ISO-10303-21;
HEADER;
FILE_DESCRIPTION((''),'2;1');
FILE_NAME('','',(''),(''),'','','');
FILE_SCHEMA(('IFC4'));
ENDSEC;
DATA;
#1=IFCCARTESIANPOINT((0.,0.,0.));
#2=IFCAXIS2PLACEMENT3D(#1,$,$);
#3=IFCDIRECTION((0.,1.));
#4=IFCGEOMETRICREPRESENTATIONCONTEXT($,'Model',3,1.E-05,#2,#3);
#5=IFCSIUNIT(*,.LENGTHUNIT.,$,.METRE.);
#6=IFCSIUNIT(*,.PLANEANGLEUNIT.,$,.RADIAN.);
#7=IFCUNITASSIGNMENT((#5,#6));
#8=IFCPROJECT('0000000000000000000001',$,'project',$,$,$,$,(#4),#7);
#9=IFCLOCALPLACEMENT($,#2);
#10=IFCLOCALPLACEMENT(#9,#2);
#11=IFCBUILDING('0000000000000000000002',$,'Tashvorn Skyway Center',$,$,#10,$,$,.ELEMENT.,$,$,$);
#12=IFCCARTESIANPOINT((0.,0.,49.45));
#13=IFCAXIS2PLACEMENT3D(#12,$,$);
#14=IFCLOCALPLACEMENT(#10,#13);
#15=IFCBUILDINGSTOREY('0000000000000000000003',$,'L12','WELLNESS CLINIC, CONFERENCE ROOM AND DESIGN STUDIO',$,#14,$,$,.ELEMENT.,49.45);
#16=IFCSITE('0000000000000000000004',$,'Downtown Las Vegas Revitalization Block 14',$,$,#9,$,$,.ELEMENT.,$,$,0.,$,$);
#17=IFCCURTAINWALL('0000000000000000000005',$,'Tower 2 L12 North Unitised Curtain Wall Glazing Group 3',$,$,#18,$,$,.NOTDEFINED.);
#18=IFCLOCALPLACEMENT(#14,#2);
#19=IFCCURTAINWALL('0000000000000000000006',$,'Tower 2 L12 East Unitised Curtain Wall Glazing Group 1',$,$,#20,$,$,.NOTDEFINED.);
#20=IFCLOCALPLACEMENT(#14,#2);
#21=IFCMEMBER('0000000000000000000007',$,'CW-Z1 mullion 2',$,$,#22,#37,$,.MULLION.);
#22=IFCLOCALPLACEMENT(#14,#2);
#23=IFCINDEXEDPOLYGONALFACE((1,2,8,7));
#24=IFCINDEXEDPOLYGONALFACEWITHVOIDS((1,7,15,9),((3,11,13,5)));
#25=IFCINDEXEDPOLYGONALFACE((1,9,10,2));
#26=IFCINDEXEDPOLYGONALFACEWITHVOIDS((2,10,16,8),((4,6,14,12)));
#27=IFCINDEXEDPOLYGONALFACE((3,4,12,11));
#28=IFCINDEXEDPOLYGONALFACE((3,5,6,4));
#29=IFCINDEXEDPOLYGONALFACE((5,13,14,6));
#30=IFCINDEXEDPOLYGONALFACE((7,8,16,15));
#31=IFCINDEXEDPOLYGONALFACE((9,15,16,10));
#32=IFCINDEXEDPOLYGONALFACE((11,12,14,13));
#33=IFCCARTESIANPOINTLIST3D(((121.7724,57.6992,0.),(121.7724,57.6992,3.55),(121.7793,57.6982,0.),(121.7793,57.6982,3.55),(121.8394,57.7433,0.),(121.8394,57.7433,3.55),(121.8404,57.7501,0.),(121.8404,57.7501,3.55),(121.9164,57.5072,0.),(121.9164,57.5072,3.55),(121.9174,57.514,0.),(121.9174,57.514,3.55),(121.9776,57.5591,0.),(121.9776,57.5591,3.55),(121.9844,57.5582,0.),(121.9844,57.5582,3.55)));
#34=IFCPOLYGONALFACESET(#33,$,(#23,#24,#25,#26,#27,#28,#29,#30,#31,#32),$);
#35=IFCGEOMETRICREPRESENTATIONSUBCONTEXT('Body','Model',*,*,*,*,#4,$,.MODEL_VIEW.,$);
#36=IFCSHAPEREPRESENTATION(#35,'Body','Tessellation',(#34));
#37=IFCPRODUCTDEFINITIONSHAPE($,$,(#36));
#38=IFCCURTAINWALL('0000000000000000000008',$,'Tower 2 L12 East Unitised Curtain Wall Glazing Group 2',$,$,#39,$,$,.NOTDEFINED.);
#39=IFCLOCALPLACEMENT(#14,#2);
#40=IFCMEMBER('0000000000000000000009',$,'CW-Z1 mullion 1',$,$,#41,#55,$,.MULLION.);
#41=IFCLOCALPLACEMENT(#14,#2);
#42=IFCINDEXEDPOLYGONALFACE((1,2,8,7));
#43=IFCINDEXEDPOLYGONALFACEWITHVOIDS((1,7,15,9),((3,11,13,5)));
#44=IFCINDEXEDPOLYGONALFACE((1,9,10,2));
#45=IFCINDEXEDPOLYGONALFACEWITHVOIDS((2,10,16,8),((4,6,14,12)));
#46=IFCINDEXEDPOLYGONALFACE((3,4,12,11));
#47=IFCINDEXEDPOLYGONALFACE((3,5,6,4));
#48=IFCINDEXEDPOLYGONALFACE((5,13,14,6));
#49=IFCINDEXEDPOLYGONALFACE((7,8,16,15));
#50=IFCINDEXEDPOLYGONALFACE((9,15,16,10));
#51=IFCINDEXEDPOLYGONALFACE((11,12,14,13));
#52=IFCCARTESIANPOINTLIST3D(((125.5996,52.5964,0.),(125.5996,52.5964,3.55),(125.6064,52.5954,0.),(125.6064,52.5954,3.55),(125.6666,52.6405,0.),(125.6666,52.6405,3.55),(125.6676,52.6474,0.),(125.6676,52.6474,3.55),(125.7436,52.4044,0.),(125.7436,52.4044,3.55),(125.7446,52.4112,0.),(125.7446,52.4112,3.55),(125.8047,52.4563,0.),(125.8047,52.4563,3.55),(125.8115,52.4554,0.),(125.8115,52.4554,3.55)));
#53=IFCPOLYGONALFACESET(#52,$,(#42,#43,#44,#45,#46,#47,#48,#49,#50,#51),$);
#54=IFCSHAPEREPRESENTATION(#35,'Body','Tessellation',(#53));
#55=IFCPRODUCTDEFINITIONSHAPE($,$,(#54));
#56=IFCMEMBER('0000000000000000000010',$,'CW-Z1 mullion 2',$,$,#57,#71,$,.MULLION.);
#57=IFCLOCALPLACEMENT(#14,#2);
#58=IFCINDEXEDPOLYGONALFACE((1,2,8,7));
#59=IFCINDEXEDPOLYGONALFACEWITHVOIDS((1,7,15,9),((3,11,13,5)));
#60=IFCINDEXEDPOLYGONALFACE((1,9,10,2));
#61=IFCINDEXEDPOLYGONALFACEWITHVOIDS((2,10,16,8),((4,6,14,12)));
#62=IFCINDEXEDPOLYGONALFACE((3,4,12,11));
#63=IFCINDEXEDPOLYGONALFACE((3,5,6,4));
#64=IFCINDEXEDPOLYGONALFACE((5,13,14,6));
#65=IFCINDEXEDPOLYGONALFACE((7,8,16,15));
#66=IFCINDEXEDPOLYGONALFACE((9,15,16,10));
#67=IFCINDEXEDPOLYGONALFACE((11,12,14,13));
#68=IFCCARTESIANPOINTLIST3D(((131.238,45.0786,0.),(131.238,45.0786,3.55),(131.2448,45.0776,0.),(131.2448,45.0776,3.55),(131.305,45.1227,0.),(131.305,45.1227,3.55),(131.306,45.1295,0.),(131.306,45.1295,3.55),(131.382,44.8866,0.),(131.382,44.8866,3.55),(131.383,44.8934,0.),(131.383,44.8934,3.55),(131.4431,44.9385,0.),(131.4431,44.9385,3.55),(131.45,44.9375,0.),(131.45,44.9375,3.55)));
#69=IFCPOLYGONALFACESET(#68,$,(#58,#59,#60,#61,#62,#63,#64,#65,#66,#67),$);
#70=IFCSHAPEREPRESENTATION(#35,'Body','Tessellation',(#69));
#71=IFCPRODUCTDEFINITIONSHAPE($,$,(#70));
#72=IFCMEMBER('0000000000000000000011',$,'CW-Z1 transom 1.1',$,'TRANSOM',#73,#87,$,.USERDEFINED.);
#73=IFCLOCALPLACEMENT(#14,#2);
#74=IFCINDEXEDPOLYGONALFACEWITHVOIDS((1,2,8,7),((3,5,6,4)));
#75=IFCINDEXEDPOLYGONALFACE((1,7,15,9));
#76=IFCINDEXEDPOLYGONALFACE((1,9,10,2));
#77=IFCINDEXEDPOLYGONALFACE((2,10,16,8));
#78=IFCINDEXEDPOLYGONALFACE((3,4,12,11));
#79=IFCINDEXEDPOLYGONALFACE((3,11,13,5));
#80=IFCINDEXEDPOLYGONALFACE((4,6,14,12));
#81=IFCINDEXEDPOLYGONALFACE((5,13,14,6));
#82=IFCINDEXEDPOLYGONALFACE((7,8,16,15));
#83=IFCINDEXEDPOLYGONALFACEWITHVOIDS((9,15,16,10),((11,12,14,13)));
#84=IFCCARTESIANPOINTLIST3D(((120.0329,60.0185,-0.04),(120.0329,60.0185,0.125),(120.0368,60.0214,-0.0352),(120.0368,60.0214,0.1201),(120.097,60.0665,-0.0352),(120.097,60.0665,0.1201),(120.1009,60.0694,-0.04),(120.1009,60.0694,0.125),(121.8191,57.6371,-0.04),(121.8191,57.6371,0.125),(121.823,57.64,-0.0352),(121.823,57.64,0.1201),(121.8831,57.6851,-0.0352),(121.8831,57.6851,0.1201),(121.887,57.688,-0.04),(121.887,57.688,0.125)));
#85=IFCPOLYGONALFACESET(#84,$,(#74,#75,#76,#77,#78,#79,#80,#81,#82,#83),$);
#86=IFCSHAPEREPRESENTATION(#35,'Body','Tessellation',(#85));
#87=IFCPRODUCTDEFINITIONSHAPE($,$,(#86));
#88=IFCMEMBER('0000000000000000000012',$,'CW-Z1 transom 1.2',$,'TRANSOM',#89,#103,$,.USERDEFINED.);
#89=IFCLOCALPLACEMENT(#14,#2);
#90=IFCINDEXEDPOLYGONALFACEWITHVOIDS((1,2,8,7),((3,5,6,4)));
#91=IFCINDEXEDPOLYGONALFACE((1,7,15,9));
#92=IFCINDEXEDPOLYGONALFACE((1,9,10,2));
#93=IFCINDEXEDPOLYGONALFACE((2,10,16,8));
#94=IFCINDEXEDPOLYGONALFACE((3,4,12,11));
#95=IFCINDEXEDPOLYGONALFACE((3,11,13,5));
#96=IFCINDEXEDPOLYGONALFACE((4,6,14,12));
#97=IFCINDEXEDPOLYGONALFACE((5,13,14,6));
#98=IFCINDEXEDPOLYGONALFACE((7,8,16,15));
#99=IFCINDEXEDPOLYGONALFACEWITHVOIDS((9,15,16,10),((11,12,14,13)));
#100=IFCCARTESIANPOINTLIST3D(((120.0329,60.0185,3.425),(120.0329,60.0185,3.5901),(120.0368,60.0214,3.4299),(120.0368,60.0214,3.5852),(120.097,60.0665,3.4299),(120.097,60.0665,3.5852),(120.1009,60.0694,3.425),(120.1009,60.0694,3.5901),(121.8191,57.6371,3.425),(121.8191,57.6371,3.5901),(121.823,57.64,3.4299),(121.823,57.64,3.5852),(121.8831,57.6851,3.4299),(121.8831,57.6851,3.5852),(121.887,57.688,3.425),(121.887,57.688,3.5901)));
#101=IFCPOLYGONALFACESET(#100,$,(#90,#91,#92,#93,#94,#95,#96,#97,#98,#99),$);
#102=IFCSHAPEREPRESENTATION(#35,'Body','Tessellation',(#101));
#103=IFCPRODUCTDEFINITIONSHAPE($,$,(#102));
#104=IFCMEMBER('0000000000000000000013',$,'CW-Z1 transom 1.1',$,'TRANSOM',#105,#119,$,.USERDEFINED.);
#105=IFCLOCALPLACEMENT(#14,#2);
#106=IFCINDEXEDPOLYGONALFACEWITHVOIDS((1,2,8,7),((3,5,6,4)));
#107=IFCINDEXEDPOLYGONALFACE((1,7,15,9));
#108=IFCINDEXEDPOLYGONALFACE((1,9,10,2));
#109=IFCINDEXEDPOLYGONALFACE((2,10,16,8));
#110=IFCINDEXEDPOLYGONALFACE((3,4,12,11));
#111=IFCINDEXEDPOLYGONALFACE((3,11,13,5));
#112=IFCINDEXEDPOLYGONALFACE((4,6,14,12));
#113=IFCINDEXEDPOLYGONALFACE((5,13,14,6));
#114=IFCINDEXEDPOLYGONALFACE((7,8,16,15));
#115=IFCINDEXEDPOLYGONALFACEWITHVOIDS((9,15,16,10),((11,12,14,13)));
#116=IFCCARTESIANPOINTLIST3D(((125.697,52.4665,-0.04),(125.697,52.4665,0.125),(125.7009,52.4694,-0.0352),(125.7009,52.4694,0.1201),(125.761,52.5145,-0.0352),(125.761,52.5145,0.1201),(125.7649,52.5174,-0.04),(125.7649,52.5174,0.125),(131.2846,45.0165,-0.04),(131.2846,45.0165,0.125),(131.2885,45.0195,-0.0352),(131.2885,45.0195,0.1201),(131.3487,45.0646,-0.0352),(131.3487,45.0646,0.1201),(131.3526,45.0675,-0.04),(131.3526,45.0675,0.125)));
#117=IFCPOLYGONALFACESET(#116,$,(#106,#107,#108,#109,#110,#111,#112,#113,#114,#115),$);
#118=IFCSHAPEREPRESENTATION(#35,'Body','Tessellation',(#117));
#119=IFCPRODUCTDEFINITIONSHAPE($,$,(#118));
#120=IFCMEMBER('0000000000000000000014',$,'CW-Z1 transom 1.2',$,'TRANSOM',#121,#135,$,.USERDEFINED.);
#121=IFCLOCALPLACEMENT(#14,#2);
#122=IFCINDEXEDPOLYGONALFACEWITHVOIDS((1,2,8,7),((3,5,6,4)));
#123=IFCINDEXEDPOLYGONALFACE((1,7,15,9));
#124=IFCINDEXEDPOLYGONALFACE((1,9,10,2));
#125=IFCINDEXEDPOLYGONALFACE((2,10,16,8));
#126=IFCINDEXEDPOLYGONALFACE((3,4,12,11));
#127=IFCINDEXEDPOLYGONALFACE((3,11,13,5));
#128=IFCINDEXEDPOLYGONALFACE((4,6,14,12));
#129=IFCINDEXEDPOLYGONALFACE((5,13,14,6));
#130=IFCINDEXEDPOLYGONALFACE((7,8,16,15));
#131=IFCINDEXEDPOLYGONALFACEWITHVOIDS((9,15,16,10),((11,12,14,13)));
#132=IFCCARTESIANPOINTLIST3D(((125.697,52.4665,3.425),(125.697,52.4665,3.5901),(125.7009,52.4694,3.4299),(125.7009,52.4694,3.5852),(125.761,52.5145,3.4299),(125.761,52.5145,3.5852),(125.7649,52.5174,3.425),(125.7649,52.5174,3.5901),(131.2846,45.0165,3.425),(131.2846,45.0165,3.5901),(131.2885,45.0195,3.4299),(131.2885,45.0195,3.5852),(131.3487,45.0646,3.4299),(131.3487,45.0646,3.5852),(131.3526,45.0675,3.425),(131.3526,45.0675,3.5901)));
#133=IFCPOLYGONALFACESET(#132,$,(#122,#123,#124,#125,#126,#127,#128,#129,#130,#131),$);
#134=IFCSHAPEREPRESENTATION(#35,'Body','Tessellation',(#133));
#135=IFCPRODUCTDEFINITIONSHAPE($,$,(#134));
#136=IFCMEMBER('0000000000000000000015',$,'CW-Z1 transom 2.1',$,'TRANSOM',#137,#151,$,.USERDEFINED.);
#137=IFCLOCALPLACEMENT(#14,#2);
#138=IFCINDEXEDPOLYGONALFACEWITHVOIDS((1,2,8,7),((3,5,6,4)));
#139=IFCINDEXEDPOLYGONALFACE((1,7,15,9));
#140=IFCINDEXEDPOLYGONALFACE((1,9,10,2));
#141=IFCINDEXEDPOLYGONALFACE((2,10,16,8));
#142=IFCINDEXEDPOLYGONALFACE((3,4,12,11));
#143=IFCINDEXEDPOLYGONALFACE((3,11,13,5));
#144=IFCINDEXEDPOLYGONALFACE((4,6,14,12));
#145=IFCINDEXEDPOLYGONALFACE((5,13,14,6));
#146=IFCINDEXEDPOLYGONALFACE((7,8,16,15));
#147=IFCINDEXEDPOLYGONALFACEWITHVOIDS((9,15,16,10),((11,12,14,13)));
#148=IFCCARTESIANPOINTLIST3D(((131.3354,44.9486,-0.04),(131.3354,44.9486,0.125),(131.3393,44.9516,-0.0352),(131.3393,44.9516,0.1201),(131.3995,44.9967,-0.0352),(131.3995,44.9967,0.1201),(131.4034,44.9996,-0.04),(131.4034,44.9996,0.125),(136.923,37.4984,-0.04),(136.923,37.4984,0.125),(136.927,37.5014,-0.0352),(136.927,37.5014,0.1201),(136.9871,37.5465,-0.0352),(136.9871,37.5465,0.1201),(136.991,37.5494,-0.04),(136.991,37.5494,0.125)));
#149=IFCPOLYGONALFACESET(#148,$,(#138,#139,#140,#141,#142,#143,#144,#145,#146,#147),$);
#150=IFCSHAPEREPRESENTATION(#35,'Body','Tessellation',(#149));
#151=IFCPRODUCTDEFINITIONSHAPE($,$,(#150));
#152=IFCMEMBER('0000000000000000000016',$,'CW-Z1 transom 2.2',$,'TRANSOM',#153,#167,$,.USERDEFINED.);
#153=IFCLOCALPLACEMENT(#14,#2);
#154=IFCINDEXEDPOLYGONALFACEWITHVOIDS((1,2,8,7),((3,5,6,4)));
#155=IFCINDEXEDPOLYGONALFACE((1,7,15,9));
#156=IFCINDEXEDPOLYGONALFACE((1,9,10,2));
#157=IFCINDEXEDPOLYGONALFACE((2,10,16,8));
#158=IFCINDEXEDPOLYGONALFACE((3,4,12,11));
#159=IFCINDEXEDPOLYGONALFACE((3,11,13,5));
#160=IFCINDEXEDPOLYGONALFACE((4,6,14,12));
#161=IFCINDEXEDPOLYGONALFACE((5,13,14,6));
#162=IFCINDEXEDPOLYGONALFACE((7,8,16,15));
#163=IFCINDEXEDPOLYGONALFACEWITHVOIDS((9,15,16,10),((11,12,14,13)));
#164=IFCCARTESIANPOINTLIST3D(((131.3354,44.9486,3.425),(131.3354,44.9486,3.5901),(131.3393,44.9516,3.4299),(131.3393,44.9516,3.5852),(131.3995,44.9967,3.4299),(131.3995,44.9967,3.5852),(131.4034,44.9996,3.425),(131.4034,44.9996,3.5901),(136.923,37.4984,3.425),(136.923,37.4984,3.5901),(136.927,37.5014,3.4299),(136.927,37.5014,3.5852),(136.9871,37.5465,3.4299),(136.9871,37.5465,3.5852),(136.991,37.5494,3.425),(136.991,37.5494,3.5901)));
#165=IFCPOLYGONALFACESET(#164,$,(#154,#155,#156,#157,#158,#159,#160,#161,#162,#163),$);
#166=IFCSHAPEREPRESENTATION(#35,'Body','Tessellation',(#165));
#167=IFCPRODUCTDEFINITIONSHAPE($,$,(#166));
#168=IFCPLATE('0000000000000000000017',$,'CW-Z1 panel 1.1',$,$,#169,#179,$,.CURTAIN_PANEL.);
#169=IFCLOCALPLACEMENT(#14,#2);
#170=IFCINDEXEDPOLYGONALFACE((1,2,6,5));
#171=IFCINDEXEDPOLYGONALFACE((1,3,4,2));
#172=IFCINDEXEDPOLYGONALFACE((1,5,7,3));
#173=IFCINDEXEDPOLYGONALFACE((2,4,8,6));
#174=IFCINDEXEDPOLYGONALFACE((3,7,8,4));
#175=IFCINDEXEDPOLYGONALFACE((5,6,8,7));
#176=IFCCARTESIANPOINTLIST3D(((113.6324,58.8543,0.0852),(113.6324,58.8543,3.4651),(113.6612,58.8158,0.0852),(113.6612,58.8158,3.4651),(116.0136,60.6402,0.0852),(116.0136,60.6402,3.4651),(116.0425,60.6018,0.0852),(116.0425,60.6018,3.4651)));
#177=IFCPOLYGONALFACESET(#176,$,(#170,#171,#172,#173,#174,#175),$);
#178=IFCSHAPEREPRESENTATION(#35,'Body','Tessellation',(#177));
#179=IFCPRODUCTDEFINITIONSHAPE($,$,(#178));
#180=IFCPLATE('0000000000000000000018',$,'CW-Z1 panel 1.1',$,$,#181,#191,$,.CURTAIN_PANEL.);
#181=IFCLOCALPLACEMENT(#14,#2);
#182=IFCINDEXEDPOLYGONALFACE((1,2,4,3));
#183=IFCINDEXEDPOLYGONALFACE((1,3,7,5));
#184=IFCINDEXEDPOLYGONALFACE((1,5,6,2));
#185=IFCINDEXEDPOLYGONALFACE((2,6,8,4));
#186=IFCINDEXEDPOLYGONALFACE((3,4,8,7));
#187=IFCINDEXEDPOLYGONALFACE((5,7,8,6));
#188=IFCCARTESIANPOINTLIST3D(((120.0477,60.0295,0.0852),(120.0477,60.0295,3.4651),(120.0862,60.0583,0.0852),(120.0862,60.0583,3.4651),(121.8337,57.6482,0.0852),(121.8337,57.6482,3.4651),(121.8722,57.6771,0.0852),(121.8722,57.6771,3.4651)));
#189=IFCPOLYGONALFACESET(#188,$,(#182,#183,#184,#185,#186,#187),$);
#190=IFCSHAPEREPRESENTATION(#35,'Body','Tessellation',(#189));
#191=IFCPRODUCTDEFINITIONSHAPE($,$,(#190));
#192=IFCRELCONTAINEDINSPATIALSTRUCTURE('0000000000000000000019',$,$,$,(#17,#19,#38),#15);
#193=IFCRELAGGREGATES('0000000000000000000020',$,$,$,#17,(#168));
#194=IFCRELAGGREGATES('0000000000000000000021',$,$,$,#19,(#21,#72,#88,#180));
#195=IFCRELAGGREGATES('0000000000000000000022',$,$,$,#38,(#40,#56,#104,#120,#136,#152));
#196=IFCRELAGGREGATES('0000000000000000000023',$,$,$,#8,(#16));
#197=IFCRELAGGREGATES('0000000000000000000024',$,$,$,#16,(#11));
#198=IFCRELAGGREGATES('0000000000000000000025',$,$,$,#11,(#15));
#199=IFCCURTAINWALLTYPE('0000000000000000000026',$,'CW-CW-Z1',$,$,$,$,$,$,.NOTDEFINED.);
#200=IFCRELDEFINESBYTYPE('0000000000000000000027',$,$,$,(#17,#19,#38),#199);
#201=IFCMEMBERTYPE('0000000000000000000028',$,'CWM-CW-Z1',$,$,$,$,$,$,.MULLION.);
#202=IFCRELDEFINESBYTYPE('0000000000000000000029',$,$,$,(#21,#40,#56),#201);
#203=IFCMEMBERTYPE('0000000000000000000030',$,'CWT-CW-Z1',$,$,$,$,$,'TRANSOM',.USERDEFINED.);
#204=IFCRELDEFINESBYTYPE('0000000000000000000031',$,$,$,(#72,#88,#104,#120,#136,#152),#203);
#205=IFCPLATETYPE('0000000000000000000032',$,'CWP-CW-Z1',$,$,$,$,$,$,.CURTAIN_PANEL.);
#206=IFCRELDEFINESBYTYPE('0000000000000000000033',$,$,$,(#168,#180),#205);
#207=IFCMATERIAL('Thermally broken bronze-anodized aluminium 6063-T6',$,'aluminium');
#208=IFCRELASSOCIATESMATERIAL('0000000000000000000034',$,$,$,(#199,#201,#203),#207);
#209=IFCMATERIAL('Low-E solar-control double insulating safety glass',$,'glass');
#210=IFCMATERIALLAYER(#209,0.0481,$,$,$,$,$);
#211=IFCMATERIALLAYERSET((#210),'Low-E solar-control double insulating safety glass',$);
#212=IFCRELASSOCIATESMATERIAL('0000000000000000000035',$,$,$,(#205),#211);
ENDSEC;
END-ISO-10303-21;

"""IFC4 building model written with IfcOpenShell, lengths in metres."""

from ifc_helpers import new_model, si_unit, direction, frame, origin, origin_2d, place, context, subcontext, project, spatial, rectangle, hollow_rectangle, extrude, material, layer, layer_set, material_profile, profile_set, type_object, element, aggregate, save


model = new_model("IFC4")

# Units and contexts
model_context = context("Model", 3, precision=1e-05, world=origin(), true_north=direction((0.0, 1.0)))
body_context = subcontext(model_context, "Body", "Model", "MODEL_VIEW")
ifc_project = project(units=[si_unit("LENGTHUNIT", "METRE"), si_unit("PLANEANGLEUNIT", "RADIAN")], contexts=[model_context])

# Site, building, storey
site_placement = place(None, origin())
site = spatial("IfcSite", under=ifc_project, at=site_placement, Name="Downtown Las Vegas Revitalization Block 14", CompositionType="ELEMENT", RefElevation=0.0)
building_placement = place(site_placement, origin())
building = spatial("IfcBuilding", under=site, at=building_placement, Name="Tashvorn Skyway Center", CompositionType="ELEMENT")
storey_placement = place(building_placement, frame((0.0, 0.0, 49.45)))
storey = spatial("IfcBuildingStorey", under=building, at=storey_placement, Name="L12", Description="WELLNESS CLINIC, CONFERENCE ROOM AND DESIGN STUDIO", CompositionType="ELEMENT", Elevation=49.45)

# Curtain wall
ifc_material_1 = material(Name="Thermally broken bronze-anodized aluminium 6063-T6", Category="aluminium")
curtain_wall_type = type_object("IfcCurtainWallType", Name="CW-CW-Z1", PredefinedType="NOTDEFINED", material=ifc_material_1)
curtain_wall_1_placement = place(storey_placement, origin())
curtain_wall_1 = element("IfcCurtainWall", 1, at=curtain_wall_1_placement, inside=storey, type_object=curtain_wall_type, Name="Tower 2 L12 North Unitised Curtain Wall Glazing Group 3", PredefinedType="NOTDEFINED")
ifc_material_profile_1 = material_profile(ifc_material_1, hollow_rectangle(XDim=0.085, YDim=0.24, WallThickness=0.0049, at=origin_2d()), Name="ALU-MULL-85x240")
ifc_profile_set_1 = profile_set([ifc_material_profile_1], Name="Thermally broken bronze-anodized aluminium 6063-T6")
member_type_1 = type_object("IfcMemberType", Name="CWM-CW-Z1", PredefinedType="MULLION", material=ifc_profile_set_1)

# Curtain walls, members
curtain_wall_2_placement = place(storey_placement, origin())
curtain_wall_2 = element("IfcCurtainWall", 2, at=curtain_wall_2_placement, inside=storey, type_object=curtain_wall_type, Name="Tower 2 L12 East Unitised Curtain Wall Glazing Group 1", PredefinedType="NOTDEFINED")
member_1_placement = place(storey_placement, frame((121.8784, 57.6287, 0.0), z_axis=(0.0, 0.0, 1.0), x_axis=(0.799996, 0.600005, 0.0)))
member_1 = element("IfcMember", 3, at=member_1_placement, type_object=member_type_1, Name="CW-Z1 mullion 2", PredefinedType="MULLION", context=body_context, shape_type="SweptSolid", body=[
    extrude(hollow_rectangle(XDim=0.085, YDim=0.24, WallThickness=0.0049, at=origin_2d()), origin(), (0.0, 0.0, 1.0), 3.55),
])
curtain_wall_3_placement = place(storey_placement, origin())
curtain_wall_3 = element("IfcCurtainWall", 4, at=curtain_wall_3_placement, inside=storey, type_object=curtain_wall_type, Name="Tower 2 L12 East Unitised Curtain Wall Glazing Group 2", PredefinedType="NOTDEFINED")
member_2_placement = place(storey_placement, frame((125.7056, 52.5259, 0.0), z_axis=(0.0, 0.0, 1.0), x_axis=(0.8, 0.6, 0.0)))
member_2 = element("IfcMember", 5, at=member_2_placement, type_object=member_type_1, Name="CW-Z1 mullion 1", PredefinedType="MULLION", context=body_context, shape_type="SweptSolid", body=[
    extrude(hollow_rectangle(XDim=0.085, YDim=0.24, WallThickness=0.0049, at=origin_2d()), origin(), (0.0, 0.0, 1.0), 3.55),
])
member_3_placement = place(storey_placement, frame((131.344, 45.0081, 0.0), z_axis=(0.0, 0.0, 1.0), x_axis=(0.8, 0.6, 0.0)))
member_3 = element("IfcMember", 6, at=member_3_placement, type_object=member_type_1, Name="CW-Z1 mullion 2", PredefinedType="MULLION", context=body_context, shape_type="SweptSolid", body=[
    extrude(hollow_rectangle(XDim=0.085, YDim=0.24, WallThickness=0.0049, at=origin_2d()), origin(), (0.0, 0.0, 1.0), 3.55),
])

# Members
ifc_material_profile_2 = material_profile(ifc_material_1, hollow_rectangle(XDim=0.085, YDim=0.165, WallThickness=0.0049, at=origin_2d()), Name="ALU-TRAN-85x165")
ifc_profile_set_2 = profile_set([ifc_material_profile_2], Name="Thermally broken bronze-anodized aluminium 6063-T6")
member_type_2 = type_object("IfcMemberType", Name="CWT-CW-Z1", ElementType="TRANSOM", PredefinedType="USERDEFINED", material=ifc_profile_set_2)
member_4_placement = place(storey_placement, frame((120.0669, 60.0439, 0.0425), z_axis=(0.600026, -0.79998, 0.0), x_axis=(0.79998, 0.600026, 0.0)))
member_4 = element("IfcMember", 7, at=member_4_placement, type_object=member_type_2, Name="CW-Z1 transom 1.1", ObjectType="TRANSOM", PredefinedType="USERDEFINED", context=body_context, shape_type="SweptSolid", body=[
    extrude(hollow_rectangle(XDim=0.085, YDim=0.165, WallThickness=0.0049, at=origin_2d()), origin(), (0.0, 0.0, 1.0), 2.9768),
])
member_5_placement = place(storey_placement, frame((120.0669, 60.0439, 3.5076), z_axis=(0.600026, -0.79998, 0.0), x_axis=(0.79998, 0.600026, 0.0)))
member_5 = element("IfcMember", 8, at=member_5_placement, type_object=member_type_2, Name="CW-Z1 transom 1.2", ObjectType="TRANSOM", PredefinedType="USERDEFINED", context=body_context, shape_type="SweptSolid", body=[
    extrude(hollow_rectangle(XDim=0.085, YDim=0.165, WallThickness=0.0049, at=origin_2d()), origin(), (0.0, 0.0, 1.0), 2.9768),
])
member_6_placement = place(storey_placement, frame((125.731, 52.4919, 0.0425), z_axis=(0.600013, -0.799991, 0.0), x_axis=(0.799991, 0.600013, 0.0)))
member_6 = element("IfcMember", 9, at=member_6_placement, type_object=member_type_2, Name="CW-Z1 transom 1.1", ObjectType="TRANSOM", PredefinedType="USERDEFINED", context=body_context, shape_type="SweptSolid", body=[
    extrude(hollow_rectangle(XDim=0.085, YDim=0.165, WallThickness=0.0049, at=origin_2d()), origin(), (0.0, 0.0, 1.0), 9.3125),
])
member_7_placement = place(storey_placement, frame((125.731, 52.4919, 3.5076), z_axis=(0.600013, -0.799991, 0.0), x_axis=(0.799991, 0.600013, 0.0)))
member_7 = element("IfcMember", 10, at=member_7_placement, type_object=member_type_2, Name="CW-Z1 transom 1.2", ObjectType="TRANSOM", PredefinedType="USERDEFINED", context=body_context, shape_type="SweptSolid", body=[
    extrude(hollow_rectangle(XDim=0.085, YDim=0.165, WallThickness=0.0049, at=origin_2d()), origin(), (0.0, 0.0, 1.0), 9.3125),
])
member_8_placement = place(storey_placement, frame((131.3694, 44.9741, 0.0425), z_axis=(0.6, -0.8, 0.0), x_axis=(0.8, 0.6, 0.0)))
member_8 = element("IfcMember", 11, at=member_8_placement, type_object=member_type_2, Name="CW-Z1 transom 2.1", ObjectType="TRANSOM", PredefinedType="USERDEFINED", context=body_context, shape_type="SweptSolid", body=[
    extrude(hollow_rectangle(XDim=0.085, YDim=0.165, WallThickness=0.0049, at=origin_2d()), origin(), (0.0, 0.0, 1.0), 9.3127),
])
member_9_placement = place(storey_placement, frame((131.3694, 44.9741, 3.5076), z_axis=(0.6, -0.8, 0.0), x_axis=(0.8, 0.6, 0.0)))
member_9 = element("IfcMember", 12, at=member_9_placement, type_object=member_type_2, Name="CW-Z1 transom 2.2", ObjectType="TRANSOM", PredefinedType="USERDEFINED", context=body_context, shape_type="SweptSolid", body=[
    extrude(hollow_rectangle(XDim=0.085, YDim=0.165, WallThickness=0.0049, at=origin_2d()), origin(), (0.0, 0.0, 1.0), 9.3127),
])

# Plates
ifc_material_2 = material(Name="Low-E solar-control double insulating safety glass", Category="glass")
ifc_layer_1 = layer(ifc_material_2, 0.0481)
ifc_layer_set_1 = layer_set([ifc_layer_1], Name="Low-E solar-control double insulating safety glass")
plate_type = type_object("IfcPlateType", Name="CWP-CW-Z1", PredefinedType="CURTAIN_PANEL", material=ifc_layer_set_1)
plate_1_placement = place(storey_placement, frame((114.8374, 59.728, 0.0852), z_axis=(0.0, 0.0, 1.0), x_axis=(0.799996, 0.600005, 0.0)))
plate_1 = element("IfcPlate", 13, at=plate_1_placement, type_object=plate_type, Name="CW-Z1 panel 1.1", PredefinedType="CURTAIN_PANEL", context=body_context, shape_type="SweptSolid", body=[
    extrude(rectangle(XDim=2.9766, YDim=0.0481, at=origin_2d()), origin(), (0.0, 0.0, 1.0), 3.3799),
])
aggregate(curtain_wall_1, [plate_1])
plate_2_placement = place(storey_placement, frame((120.96, 58.8533, 0.0852), z_axis=(0.0, 0.0, 1.0), x_axis=(0.600005, -0.799996, 0.0)))
plate_2 = element("IfcPlate", 14, at=plate_2_placement, type_object=plate_type, Name="CW-Z1 panel 1.1", PredefinedType="CURTAIN_PANEL", context=body_context, shape_type="SweptSolid", body=[
    extrude(rectangle(XDim=2.9766, YDim=0.0481, at=origin_2d()), origin(), (0.0, 0.0, 1.0), 3.3799),
])
aggregate(curtain_wall_2, [member_1, member_4, member_5, plate_2])
aggregate(curtain_wall_3, [member_2, member_3, member_6, member_7, member_8, member_9])

save(model, "model.ifc")
